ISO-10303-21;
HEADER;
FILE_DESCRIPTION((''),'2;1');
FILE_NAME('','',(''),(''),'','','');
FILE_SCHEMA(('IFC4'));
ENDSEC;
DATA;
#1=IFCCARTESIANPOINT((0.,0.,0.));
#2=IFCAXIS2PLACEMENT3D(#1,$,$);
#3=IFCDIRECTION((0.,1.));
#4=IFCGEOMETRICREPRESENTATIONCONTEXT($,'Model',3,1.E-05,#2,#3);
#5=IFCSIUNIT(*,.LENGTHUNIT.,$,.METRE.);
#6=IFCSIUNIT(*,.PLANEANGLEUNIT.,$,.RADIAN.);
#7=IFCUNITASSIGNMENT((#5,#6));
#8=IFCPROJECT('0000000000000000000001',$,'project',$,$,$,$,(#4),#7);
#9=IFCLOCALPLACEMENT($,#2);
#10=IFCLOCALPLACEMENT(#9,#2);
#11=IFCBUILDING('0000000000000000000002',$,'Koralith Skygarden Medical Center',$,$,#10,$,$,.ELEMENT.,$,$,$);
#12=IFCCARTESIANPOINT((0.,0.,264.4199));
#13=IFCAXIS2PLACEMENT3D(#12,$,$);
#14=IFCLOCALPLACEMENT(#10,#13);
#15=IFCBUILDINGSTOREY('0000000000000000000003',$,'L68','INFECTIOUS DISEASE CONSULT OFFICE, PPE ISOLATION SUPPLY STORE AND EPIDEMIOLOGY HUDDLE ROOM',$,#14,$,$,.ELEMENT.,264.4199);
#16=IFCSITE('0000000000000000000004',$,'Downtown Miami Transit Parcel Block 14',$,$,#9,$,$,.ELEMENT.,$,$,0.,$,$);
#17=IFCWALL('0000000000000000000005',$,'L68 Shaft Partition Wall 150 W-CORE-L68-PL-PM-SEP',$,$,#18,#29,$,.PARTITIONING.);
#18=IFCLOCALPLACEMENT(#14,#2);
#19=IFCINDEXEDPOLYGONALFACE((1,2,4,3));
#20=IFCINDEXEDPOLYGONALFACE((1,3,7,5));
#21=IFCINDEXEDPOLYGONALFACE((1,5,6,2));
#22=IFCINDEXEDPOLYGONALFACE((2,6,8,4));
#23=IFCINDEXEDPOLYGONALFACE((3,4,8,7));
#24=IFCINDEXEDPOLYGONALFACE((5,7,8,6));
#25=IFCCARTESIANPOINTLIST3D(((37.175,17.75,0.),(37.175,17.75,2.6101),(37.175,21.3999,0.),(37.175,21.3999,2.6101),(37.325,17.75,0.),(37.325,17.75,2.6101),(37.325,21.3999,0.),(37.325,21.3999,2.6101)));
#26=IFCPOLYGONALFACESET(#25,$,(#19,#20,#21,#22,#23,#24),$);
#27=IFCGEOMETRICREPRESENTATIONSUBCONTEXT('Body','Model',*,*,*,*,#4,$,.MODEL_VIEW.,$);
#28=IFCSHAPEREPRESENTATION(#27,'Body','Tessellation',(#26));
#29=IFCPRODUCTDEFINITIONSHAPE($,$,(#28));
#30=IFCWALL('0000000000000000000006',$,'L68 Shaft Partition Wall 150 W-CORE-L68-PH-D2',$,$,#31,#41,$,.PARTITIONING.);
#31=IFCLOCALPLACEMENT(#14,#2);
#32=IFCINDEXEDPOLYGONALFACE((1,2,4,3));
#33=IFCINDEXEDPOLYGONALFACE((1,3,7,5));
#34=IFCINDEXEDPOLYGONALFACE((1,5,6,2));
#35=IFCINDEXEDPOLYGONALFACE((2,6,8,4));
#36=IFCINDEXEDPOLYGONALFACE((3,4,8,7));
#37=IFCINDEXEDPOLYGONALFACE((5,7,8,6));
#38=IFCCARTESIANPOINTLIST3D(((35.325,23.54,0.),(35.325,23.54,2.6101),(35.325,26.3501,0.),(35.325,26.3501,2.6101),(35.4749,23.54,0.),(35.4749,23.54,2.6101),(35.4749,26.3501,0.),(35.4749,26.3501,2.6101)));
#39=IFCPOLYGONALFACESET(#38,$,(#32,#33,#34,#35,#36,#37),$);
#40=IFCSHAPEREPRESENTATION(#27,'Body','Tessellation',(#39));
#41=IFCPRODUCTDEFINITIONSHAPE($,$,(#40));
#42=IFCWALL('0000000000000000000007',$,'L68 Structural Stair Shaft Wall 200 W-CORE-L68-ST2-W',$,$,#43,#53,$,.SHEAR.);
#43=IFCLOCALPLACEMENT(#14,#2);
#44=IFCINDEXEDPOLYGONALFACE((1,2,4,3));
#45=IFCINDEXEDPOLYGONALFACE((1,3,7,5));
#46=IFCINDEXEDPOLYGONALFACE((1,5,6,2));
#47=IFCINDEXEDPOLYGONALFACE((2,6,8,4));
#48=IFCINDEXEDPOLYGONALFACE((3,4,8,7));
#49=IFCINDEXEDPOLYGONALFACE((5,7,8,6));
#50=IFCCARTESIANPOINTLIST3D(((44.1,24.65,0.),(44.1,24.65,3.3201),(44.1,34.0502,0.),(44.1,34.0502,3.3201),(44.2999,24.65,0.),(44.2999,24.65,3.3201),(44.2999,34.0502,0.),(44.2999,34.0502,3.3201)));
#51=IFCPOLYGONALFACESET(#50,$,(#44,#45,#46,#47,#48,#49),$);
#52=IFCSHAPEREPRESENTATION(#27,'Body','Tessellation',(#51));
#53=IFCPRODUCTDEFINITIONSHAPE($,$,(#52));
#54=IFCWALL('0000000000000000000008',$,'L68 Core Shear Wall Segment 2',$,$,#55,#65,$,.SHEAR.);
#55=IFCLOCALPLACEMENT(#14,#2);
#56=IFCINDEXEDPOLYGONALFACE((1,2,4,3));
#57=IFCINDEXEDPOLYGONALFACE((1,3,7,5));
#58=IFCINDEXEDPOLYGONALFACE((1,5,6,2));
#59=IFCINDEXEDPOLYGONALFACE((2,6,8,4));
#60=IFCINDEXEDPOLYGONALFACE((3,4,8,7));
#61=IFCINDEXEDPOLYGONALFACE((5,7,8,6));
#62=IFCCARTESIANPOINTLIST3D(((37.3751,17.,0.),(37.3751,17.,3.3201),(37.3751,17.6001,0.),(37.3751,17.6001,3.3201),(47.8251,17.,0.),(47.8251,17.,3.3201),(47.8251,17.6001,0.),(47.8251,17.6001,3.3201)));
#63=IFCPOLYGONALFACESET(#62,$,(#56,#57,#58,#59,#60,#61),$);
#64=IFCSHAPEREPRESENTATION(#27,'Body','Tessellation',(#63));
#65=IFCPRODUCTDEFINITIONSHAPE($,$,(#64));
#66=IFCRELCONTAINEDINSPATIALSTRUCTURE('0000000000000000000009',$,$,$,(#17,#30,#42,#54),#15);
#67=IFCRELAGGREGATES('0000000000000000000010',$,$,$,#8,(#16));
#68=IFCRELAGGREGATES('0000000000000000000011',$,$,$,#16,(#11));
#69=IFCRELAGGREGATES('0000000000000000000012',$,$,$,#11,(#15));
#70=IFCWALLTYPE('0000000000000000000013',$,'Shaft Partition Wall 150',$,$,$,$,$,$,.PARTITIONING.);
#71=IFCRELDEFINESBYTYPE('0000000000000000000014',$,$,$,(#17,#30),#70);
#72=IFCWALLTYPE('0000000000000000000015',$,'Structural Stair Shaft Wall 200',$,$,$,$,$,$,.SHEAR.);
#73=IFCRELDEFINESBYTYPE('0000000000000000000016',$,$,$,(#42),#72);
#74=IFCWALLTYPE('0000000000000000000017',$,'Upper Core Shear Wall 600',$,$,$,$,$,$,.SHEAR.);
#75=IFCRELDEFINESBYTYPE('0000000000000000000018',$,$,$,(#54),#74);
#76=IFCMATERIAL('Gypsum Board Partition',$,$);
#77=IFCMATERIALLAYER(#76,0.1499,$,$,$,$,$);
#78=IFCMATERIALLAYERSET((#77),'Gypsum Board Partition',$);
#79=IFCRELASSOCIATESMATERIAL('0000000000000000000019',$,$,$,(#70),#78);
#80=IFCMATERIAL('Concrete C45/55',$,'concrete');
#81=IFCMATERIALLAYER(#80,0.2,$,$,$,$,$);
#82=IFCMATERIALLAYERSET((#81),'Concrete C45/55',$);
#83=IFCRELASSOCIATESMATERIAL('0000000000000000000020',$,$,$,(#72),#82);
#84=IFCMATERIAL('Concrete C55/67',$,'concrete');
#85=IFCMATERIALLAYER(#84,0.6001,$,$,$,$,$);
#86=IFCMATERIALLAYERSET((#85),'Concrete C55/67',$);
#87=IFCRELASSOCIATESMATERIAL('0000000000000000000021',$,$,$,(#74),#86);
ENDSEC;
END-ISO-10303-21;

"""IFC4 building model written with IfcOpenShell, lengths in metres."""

from ifc_helpers import new_model, si_unit, direction, frame, frame_2d, origin, place, context, subcontext, project, spatial, rectangle, extrude, material, layer, layer_set, type_object, element, save


model = new_model("IFC4")

# Units and contexts
model_context = context("Model", 3, precision=1e-05, world=origin(), true_north=direction((0.0, 1.0)))
body_context = subcontext(model_context, "Body", "Model", "MODEL_VIEW")
ifc_project = project(units=[si_unit("LENGTHUNIT", "METRE"), si_unit("PLANEANGLEUNIT", "RADIAN")], contexts=[model_context])

# Site, building, storey
site_placement = place(None, origin())
site = spatial("IfcSite", under=ifc_project, at=site_placement, Name="Downtown Miami Transit Parcel Block 14", CompositionType="ELEMENT", RefElevation=0.0)
building_placement = place(site_placement, origin())
building = spatial("IfcBuilding", under=site, at=building_placement, Name="Koralith Skygarden Medical Center", CompositionType="ELEMENT")
storey_placement = place(building_placement, frame((0.0, 0.0, 264.4199)))
storey = spatial("IfcBuildingStorey", under=building, at=storey_placement, Name="L68", Description="INFECTIOUS DISEASE CONSULT OFFICE, PPE ISOLATION SUPPLY STORE AND EPIDEMIOLOGY HUDDLE ROOM", CompositionType="ELEMENT", Elevation=264.4199)

# Shared definitions
ifc_material_1 = material(Name="Concrete C55/67", Category="concrete")

# Shared definitions
ifc_material_2 = material(Name="Concrete C45/55", Category="concrete")

# Shared definitions
ifc_material_3 = material(Name="Gypsum Board Partition")

# Walls
ifc_layer_1 = layer(ifc_material_3, 0.1499)
ifc_layer_set_1 = layer_set([ifc_layer_1], Name="Gypsum Board Partition")
wall_type_1 = type_object("IfcWallType", Name="Shaft Partition Wall 150", PredefinedType="PARTITIONING", material=ifc_layer_set_1)
wall_1_placement = place(storey_placement, frame((37.25, 17.75, 0.0), z_axis=(0.0, 0.0, 1.0), x_axis=(0.0, 1.0, 0.0)))
element("IfcWall", 1, at=wall_1_placement, inside=storey, type_object=wall_type_1, Name="L68 Shaft Partition Wall 150 W-CORE-L68-PL-PM-SEP", PredefinedType="PARTITIONING", context=body_context, shape_type="SweptSolid", body=[
    extrude(rectangle(XDim=3.6499, YDim=0.1499, at=frame_2d((1.825, 0.0))), origin(), (0.0, 0.0, 1.0), 2.6101),
])
wall_2_placement = place(storey_placement, frame((35.3999, 23.54, 0.0), z_axis=(0.0, 0.0, 1.0), x_axis=(0.0, 1.0, 0.0)))
element("IfcWall", 2, at=wall_2_placement, inside=storey, type_object=wall_type_1, Name="L68 Shaft Partition Wall 150 W-CORE-L68-PH-D2", PredefinedType="PARTITIONING", context=body_context, shape_type="SweptSolid", body=[
    extrude(rectangle(XDim=2.8101, YDim=0.1499, at=frame_2d((1.405, 0.0))), origin(), (0.0, 0.0, 1.0), 2.6101),
])
ifc_layer_2 = layer(ifc_material_2, 0.2)
ifc_layer_set_2 = layer_set([ifc_layer_2], Name="Concrete C45/55")
wall_type_2 = type_object("IfcWallType", Name="Structural Stair Shaft Wall 200", PredefinedType="SHEAR", material=ifc_layer_set_2)
wall_3_placement = place(storey_placement, frame((44.2, 24.6499, 0.0), z_axis=(0.0, 0.0, 1.0), x_axis=(0.0, 1.0, 0.0)))
element("IfcWall", 3, at=wall_3_placement, inside=storey, type_object=wall_type_2, Name="L68 Structural Stair Shaft Wall 200 W-CORE-L68-ST2-W", PredefinedType="SHEAR", context=body_context, shape_type="SweptSolid", body=[
    extrude(rectangle(XDim=9.4001, YDim=0.2, at=frame_2d((4.7002, 0.0))), origin(), (0.0, 0.0, 1.0), 3.3201),
])

# Wall
ifc_layer_3 = layer(ifc_material_1, 0.6001)
ifc_layer_set_3 = layer_set([ifc_layer_3], Name="Concrete C55/67")
wall_type_3 = type_object("IfcWallType", Name="Upper Core Shear Wall 600", PredefinedType="SHEAR", material=ifc_layer_set_3)
wall_4_placement = place(storey_placement, frame((37.375, 17.3, 0.0), z_axis=(0.0, 0.0, 1.0), x_axis=(1.0, 0.0, 0.0)))
element("IfcWall", 4, at=wall_4_placement, inside=storey, type_object=wall_type_3, Name="L68 Core Shear Wall Segment 2", PredefinedType="SHEAR", context=body_context, shape_type="SweptSolid", body=[
    extrude(rectangle(XDim=10.45, YDim=0.6001, at=frame_2d((5.2251, 0.0))), origin(), (0.0, 0.0, 1.0), 3.3201),
])

save(model, "model.ifc")
